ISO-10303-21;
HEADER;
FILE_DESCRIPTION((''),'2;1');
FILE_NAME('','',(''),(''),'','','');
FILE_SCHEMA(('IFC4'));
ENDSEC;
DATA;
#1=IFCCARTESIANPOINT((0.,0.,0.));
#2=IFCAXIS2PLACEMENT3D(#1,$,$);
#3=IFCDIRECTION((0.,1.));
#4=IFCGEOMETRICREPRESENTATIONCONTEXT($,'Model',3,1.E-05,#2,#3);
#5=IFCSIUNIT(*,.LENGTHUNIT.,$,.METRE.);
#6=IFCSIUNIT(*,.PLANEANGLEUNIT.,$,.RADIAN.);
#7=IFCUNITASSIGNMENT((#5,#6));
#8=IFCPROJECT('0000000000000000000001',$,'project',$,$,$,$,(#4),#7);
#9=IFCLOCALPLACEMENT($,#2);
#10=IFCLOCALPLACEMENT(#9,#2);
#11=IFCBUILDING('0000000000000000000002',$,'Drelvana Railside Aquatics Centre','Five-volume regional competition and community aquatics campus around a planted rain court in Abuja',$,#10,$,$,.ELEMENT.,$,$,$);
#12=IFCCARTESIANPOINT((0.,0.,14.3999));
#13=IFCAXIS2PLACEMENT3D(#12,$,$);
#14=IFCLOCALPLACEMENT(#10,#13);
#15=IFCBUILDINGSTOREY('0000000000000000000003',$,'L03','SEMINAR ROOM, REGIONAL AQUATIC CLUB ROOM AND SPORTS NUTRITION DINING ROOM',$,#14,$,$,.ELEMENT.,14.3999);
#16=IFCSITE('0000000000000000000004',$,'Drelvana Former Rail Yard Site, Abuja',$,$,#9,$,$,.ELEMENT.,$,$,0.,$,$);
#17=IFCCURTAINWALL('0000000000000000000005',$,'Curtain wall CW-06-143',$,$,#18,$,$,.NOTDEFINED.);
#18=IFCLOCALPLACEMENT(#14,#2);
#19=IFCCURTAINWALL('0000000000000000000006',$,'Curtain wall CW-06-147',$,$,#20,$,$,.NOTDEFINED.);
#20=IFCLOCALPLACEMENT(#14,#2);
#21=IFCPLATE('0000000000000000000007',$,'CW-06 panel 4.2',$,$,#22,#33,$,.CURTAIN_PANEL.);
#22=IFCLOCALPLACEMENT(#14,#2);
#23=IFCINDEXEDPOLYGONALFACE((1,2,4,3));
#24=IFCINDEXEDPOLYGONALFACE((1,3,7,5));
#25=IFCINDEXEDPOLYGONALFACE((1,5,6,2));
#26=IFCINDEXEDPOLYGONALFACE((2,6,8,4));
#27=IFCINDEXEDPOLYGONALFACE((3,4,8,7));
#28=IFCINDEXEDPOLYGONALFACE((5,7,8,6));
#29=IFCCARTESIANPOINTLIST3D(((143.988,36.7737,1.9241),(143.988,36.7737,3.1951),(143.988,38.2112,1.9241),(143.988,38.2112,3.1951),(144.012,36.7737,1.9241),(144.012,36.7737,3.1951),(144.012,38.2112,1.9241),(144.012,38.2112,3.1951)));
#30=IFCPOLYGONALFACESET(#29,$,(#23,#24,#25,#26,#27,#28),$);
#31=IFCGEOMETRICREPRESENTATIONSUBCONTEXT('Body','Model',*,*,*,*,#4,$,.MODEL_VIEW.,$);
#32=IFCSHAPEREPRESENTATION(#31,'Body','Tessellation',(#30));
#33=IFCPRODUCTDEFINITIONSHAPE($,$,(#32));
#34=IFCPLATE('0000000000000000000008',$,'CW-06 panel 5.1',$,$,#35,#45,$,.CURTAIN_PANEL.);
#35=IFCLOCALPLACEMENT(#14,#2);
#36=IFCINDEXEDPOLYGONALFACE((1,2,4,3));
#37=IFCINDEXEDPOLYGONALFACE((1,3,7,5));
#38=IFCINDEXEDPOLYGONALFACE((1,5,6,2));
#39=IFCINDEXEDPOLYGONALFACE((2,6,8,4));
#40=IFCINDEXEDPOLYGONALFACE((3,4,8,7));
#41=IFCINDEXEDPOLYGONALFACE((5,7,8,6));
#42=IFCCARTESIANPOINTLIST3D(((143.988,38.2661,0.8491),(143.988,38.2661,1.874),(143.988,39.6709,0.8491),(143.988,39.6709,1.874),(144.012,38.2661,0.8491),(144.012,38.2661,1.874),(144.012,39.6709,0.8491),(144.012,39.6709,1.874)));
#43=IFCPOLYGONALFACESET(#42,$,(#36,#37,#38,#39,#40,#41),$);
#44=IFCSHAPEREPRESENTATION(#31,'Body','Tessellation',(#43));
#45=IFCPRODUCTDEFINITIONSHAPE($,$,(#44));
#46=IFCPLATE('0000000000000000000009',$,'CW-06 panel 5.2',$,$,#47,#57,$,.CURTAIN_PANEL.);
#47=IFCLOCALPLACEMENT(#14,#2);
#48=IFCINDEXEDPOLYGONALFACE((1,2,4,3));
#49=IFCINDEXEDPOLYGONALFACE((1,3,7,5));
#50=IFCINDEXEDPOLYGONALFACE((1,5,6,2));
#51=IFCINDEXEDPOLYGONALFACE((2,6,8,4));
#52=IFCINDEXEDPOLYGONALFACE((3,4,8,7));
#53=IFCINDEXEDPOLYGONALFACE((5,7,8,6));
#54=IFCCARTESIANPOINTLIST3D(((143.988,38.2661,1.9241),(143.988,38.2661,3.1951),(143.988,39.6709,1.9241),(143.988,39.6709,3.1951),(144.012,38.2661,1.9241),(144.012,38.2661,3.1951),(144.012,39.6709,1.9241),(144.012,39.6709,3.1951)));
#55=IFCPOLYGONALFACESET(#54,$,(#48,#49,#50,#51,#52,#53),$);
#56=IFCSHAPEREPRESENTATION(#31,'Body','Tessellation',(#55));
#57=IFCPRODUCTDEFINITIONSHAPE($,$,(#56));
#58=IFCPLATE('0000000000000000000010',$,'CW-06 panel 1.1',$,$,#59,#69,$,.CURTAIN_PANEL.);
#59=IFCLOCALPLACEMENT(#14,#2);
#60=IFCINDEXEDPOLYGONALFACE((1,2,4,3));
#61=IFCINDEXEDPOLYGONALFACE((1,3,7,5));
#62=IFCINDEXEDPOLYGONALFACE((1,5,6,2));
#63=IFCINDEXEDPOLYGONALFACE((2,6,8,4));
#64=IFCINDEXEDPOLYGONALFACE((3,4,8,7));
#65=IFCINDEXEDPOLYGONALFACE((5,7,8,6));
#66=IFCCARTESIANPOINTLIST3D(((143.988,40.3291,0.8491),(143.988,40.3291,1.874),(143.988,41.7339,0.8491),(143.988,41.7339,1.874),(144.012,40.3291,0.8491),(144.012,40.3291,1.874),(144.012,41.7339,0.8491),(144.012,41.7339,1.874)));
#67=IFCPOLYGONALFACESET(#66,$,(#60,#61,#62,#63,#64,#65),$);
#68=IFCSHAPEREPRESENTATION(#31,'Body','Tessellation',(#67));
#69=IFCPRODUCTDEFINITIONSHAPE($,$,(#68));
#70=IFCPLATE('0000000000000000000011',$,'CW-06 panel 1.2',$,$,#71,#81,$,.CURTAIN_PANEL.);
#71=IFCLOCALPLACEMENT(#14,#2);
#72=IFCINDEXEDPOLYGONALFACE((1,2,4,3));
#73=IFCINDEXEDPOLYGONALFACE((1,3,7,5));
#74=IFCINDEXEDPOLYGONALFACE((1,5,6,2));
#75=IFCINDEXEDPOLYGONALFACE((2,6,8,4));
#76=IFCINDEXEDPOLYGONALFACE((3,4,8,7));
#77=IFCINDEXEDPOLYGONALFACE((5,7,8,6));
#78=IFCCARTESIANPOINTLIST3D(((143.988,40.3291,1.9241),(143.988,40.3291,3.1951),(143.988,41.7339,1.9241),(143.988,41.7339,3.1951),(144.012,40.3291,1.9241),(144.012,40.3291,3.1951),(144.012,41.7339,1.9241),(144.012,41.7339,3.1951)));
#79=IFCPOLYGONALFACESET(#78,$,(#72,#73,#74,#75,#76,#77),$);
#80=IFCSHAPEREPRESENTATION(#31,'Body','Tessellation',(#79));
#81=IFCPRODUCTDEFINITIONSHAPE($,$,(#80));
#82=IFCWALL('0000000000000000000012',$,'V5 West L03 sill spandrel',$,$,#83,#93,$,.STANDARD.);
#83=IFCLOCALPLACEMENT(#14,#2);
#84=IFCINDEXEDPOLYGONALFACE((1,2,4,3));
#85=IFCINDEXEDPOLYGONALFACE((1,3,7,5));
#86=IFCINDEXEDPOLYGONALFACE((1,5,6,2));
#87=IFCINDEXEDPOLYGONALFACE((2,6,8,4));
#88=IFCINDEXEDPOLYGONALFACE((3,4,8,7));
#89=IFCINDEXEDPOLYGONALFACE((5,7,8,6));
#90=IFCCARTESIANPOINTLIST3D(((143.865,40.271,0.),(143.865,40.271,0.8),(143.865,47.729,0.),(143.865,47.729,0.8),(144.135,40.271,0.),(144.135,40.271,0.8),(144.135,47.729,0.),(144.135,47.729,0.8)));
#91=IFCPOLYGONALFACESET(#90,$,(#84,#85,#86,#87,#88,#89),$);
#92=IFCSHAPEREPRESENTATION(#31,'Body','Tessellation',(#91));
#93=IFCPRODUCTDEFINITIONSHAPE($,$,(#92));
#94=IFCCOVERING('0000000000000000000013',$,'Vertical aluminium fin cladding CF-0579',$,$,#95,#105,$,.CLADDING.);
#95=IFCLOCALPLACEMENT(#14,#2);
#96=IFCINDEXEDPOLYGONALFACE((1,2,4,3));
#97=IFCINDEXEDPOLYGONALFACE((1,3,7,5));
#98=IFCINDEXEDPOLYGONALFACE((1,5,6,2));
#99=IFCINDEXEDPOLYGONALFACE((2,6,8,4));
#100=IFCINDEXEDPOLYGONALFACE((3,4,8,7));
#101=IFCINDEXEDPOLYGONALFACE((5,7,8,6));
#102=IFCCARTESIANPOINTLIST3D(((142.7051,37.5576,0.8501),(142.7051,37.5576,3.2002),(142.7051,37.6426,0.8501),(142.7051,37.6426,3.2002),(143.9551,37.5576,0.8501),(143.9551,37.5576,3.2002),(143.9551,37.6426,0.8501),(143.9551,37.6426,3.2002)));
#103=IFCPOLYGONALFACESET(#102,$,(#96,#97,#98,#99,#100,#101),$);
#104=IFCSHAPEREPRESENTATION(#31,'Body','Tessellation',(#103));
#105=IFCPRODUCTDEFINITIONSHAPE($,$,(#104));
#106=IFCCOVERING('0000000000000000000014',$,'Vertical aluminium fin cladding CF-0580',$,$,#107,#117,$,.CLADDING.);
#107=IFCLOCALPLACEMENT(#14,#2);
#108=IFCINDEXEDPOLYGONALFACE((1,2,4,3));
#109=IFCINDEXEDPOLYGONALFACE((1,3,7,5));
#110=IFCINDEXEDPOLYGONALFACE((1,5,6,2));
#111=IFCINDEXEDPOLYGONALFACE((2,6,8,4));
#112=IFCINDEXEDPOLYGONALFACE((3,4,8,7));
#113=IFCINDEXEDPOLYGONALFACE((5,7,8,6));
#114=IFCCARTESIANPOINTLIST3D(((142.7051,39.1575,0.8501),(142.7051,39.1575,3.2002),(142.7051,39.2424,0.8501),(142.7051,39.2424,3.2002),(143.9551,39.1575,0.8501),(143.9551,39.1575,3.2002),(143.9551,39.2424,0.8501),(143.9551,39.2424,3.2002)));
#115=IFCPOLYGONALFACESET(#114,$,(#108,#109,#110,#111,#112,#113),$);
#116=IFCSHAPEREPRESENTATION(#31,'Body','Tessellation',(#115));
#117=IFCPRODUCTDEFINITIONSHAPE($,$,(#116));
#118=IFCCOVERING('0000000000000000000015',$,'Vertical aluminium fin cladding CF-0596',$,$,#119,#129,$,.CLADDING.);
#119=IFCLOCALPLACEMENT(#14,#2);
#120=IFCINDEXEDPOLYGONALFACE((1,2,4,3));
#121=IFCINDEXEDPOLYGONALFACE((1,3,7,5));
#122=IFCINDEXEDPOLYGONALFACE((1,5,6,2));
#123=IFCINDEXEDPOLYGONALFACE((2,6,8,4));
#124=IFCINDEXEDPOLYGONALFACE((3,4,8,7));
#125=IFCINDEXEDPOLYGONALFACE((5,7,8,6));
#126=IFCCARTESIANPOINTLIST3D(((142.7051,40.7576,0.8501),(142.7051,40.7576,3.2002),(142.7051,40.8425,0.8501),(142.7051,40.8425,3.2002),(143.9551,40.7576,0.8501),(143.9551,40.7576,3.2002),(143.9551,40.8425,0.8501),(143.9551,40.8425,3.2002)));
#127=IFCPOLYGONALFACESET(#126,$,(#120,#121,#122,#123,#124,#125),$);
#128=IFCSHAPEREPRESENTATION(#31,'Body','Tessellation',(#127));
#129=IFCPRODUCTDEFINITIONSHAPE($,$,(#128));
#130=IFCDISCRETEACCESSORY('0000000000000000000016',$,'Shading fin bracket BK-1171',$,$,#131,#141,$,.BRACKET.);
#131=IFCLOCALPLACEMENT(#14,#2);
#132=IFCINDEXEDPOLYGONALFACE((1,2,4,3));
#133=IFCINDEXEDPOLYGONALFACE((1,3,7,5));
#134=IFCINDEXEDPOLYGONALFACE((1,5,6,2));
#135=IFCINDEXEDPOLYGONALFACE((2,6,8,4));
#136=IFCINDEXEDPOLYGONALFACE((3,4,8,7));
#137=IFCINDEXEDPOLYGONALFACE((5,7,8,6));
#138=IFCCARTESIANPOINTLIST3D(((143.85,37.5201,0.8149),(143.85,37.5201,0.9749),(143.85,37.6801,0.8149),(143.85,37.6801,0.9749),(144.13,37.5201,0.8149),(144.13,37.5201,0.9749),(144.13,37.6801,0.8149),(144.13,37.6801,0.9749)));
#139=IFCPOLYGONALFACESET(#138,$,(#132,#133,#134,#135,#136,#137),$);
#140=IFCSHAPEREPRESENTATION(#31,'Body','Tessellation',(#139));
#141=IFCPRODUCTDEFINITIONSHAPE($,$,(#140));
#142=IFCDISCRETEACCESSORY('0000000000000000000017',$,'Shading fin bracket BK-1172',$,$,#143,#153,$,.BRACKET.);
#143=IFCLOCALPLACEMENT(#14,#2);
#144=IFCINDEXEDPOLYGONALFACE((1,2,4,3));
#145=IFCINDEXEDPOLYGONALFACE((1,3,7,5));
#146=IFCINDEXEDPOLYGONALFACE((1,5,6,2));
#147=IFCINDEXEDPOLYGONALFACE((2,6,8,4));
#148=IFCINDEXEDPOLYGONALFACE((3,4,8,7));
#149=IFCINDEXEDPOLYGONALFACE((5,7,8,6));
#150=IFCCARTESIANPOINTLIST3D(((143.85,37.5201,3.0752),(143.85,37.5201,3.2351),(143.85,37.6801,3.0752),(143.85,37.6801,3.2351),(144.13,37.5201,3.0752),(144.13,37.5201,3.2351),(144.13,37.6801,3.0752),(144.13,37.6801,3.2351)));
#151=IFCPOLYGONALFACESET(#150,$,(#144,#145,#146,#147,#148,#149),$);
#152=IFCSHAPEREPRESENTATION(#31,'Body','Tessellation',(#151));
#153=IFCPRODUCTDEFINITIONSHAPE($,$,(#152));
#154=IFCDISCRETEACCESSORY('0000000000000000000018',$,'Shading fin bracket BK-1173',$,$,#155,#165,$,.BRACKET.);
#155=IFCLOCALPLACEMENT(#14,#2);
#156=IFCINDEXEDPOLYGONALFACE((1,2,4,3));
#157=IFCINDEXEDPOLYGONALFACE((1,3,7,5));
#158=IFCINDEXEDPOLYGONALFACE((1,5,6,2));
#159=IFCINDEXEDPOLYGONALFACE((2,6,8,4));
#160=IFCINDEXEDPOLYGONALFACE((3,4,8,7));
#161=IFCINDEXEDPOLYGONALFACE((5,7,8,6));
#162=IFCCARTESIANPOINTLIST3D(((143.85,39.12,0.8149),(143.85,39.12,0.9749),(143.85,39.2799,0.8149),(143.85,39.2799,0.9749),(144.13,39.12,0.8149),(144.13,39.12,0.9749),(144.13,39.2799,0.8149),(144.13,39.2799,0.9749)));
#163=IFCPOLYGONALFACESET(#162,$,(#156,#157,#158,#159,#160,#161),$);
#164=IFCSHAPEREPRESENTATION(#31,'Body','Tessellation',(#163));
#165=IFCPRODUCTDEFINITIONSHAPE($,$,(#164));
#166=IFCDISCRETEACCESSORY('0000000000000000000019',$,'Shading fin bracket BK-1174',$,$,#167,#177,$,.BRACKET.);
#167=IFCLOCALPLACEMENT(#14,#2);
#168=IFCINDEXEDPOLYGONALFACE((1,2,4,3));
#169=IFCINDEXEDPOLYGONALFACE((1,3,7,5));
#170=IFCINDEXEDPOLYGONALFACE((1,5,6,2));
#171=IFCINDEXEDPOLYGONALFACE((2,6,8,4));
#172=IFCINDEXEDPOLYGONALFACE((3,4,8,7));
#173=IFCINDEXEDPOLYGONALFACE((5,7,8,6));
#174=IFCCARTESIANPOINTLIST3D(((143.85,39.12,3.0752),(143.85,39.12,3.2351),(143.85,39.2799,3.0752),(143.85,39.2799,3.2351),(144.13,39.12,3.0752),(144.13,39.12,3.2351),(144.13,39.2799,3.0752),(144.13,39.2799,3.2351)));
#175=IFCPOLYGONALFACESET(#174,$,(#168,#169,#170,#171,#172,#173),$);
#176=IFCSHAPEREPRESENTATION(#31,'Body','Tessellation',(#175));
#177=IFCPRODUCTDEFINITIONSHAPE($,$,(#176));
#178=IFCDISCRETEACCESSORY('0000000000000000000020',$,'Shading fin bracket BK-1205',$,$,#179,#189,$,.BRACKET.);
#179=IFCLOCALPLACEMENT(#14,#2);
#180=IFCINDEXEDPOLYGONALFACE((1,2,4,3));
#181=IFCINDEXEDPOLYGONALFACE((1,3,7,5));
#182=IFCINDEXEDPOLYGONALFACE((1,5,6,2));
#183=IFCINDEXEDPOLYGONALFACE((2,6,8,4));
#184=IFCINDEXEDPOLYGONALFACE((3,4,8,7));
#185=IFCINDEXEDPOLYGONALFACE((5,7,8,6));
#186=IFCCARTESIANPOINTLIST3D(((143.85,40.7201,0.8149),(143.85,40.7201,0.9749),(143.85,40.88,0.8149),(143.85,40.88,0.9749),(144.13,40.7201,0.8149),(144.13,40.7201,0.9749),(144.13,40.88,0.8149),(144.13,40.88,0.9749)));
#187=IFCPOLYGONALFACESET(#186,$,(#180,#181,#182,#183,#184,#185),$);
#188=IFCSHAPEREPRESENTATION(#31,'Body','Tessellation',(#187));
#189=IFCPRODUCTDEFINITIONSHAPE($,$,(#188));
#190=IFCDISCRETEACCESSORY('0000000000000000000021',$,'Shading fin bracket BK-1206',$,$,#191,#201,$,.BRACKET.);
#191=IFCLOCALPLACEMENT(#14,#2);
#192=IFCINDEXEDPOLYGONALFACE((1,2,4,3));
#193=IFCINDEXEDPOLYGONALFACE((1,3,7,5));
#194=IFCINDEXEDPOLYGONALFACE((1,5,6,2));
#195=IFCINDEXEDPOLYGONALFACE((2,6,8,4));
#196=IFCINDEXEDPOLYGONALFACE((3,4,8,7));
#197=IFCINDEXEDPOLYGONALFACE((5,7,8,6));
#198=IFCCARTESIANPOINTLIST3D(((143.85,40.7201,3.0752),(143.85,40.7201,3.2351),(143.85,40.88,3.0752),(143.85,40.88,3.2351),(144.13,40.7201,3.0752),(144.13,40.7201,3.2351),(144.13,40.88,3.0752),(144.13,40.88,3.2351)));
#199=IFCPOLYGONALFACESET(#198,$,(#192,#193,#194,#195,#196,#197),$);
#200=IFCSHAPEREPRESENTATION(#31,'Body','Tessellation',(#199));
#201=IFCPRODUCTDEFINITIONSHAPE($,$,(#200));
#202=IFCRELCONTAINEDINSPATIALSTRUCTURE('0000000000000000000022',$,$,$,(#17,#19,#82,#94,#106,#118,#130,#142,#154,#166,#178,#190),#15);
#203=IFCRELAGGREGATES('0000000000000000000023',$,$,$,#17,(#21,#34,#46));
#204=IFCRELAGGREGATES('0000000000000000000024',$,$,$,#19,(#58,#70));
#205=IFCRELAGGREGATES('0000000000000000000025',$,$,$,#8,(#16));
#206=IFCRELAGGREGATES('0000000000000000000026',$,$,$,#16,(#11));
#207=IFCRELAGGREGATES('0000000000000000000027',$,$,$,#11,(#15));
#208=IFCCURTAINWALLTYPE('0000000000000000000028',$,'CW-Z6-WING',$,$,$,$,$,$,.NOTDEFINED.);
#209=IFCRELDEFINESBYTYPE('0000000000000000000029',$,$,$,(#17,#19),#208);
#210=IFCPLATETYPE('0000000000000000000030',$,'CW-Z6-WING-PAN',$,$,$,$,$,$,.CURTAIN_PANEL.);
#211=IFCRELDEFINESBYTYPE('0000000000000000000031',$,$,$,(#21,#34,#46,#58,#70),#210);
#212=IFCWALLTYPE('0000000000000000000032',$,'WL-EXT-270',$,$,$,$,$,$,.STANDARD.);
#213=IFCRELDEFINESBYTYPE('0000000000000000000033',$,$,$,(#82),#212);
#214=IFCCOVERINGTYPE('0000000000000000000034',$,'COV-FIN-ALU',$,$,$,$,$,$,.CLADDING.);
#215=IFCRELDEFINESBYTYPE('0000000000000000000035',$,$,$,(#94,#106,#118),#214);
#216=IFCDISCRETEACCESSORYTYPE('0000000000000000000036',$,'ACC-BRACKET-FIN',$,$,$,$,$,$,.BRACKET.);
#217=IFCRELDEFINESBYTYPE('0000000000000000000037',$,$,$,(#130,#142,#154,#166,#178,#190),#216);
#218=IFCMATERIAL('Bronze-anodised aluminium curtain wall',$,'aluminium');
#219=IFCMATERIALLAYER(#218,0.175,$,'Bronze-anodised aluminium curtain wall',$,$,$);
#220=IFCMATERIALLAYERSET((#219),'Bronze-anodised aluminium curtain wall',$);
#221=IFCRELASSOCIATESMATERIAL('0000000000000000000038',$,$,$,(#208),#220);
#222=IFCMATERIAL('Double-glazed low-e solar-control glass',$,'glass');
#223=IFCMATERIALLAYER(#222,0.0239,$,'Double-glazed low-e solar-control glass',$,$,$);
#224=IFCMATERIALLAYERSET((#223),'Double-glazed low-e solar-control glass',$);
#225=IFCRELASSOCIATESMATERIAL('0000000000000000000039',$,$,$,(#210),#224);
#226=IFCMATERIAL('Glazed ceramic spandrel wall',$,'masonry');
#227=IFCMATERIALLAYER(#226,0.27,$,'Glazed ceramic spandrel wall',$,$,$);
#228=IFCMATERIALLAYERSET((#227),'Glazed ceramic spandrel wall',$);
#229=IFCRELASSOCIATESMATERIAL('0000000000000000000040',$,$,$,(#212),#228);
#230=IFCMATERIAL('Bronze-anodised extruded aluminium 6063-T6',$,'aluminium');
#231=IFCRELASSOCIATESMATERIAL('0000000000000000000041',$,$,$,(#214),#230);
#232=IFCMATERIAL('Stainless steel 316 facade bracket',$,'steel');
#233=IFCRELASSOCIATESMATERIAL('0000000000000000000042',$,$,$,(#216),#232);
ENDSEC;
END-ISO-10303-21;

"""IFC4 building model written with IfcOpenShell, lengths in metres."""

from ifc_helpers import new_model, si_unit, direction, frame, frame_2d, origin, origin_2d, place, context, subcontext, project, spatial, rectangle, extrude, material, layer, layer_set, type_object, element, aggregate, save


model = new_model("IFC4")

# Units and contexts
model_context = context("Model", 3, precision=1e-05, world=origin(), true_north=direction((0.0, 1.0)))
body_context = subcontext(model_context, "Body", "Model", "MODEL_VIEW")
ifc_project = project(units=[si_unit("LENGTHUNIT", "METRE"), si_unit("PLANEANGLEUNIT", "RADIAN")], contexts=[model_context])

# Site, building, storey
site_placement = place(None, origin())
site = spatial("IfcSite", under=ifc_project, at=site_placement, Name="Drelvana Former Rail Yard Site, Abuja", CompositionType="ELEMENT", RefElevation=0.0)
building_placement = place(site_placement, origin())
building = spatial("IfcBuilding", under=site, at=building_placement, Name="Drelvana Railside Aquatics Centre", Description="Five-volume regional competition and community aquatics campus around a planted rain court in Abuja", CompositionType="ELEMENT")
storey_placement = place(building_placement, frame((0.0, 0.0, 14.3999)))
storey = spatial("IfcBuildingStorey", under=building, at=storey_placement, Name="L03", Description="SEMINAR ROOM, REGIONAL AQUATIC CLUB ROOM AND SPORTS NUTRITION DINING ROOM", CompositionType="ELEMENT", Elevation=14.3999)

# Curtain wall
ifc_material_1 = material(Name="Bronze-anodised aluminium curtain wall", Category="aluminium")
ifc_layer_1 = layer(ifc_material_1, 0.175, Name="Bronze-anodised aluminium curtain wall")
ifc_layer_set_1 = layer_set([ifc_layer_1], Name="Bronze-anodised aluminium curtain wall")
curtain_wall_type = type_object("IfcCurtainWallType", Name="CW-Z6-WING", PredefinedType="NOTDEFINED", material=ifc_layer_set_1)
curtain_wall_1_placement = place(storey_placement, origin())
curtain_wall_1 = element("IfcCurtainWall", 1, at=curtain_wall_1_placement, inside=storey, type_object=curtain_wall_type, Name="Curtain wall CW-06-143", PredefinedType="NOTDEFINED")

# Curtain wall
curtain_wall_2_placement = place(storey_placement, origin())
curtain_wall_2 = element("IfcCurtainWall", 2, at=curtain_wall_2_placement, inside=storey, type_object=curtain_wall_type, Name="Curtain wall CW-06-147", PredefinedType="NOTDEFINED")

# Plates
ifc_material_2 = material(Name="Double-glazed low-e solar-control glass", Category="glass")
ifc_layer_2 = layer(ifc_material_2, 0.0239, Name="Double-glazed low-e solar-control glass")
ifc_layer_set_2 = layer_set([ifc_layer_2], Name="Double-glazed low-e solar-control glass")
plate_type = type_object("IfcPlateType", Name="CW-Z6-WING-PAN", PredefinedType="CURTAIN_PANEL", material=ifc_layer_set_2)
plate_1_placement = place(storey_placement, frame((144.0, 37.4924, 1.9241), z_axis=(0.0, 0.0, 1.0), x_axis=(0.0, 1.0, 0.0)))
plate_1 = element("IfcPlate", 3, at=plate_1_placement, type_object=plate_type, Name="CW-06 panel 4.2", PredefinedType="CURTAIN_PANEL", context=body_context, shape_type="SweptSolid", body=[
    extrude(rectangle(XDim=1.4375, YDim=0.0239, at=origin_2d()), origin(), (0.0, 0.0, 1.0), 1.271),
])
plate_2_placement = place(storey_placement, frame((144.0, 38.9685, 0.8491), z_axis=(0.0, 0.0, 1.0), x_axis=(0.0, 1.0, 0.0)))
plate_2 = element("IfcPlate", 4, at=plate_2_placement, type_object=plate_type, Name="CW-06 panel 5.1", PredefinedType="CURTAIN_PANEL", context=body_context, shape_type="SweptSolid", body=[
    extrude(rectangle(XDim=1.4048, YDim=0.0239, at=origin_2d()), origin(), (0.0, 0.0, 1.0), 1.0249),
])
plate_3_placement = place(storey_placement, frame((144.0, 38.9685, 1.9241), z_axis=(0.0, 0.0, 1.0), x_axis=(0.0, 1.0, 0.0)))
plate_3 = element("IfcPlate", 5, at=plate_3_placement, type_object=plate_type, Name="CW-06 panel 5.2", PredefinedType="CURTAIN_PANEL", context=body_context, shape_type="SweptSolid", body=[
    extrude(rectangle(XDim=1.4048, YDim=0.0239, at=origin_2d()), origin(), (0.0, 0.0, 1.0), 1.271),
])
aggregate(curtain_wall_1, [plate_1, plate_2, plate_3])
plate_4_placement = place(storey_placement, frame((144.0, 41.0315, 0.8491), z_axis=(0.0, 0.0, 1.0), x_axis=(0.0, 1.0, 0.0)))
plate_4 = element("IfcPlate", 6, at=plate_4_placement, type_object=plate_type, Name="CW-06 panel 1.1", PredefinedType="CURTAIN_PANEL", context=body_context, shape_type="SweptSolid", body=[
    extrude(rectangle(XDim=1.4048, YDim=0.0239, at=origin_2d()), origin(), (0.0, 0.0, 1.0), 1.0249),
])
plate_5_placement = place(storey_placement, frame((144.0, 41.0315, 1.9241), z_axis=(0.0, 0.0, 1.0), x_axis=(0.0, 1.0, 0.0)))
plate_5 = element("IfcPlate", 7, at=plate_5_placement, type_object=plate_type, Name="CW-06 panel 1.2", PredefinedType="CURTAIN_PANEL", context=body_context, shape_type="SweptSolid", body=[
    extrude(rectangle(XDim=1.4048, YDim=0.0239, at=origin_2d()), origin(), (0.0, 0.0, 1.0), 1.271),
])
aggregate(curtain_wall_2, [plate_4, plate_5])

# Wall
ifc_material_3 = material(Name="Glazed ceramic spandrel wall", Category="masonry")
ifc_layer_3 = layer(ifc_material_3, 0.27, Name="Glazed ceramic spandrel wall")
ifc_layer_set_3 = layer_set([ifc_layer_3], Name="Glazed ceramic spandrel wall")
wall_type = type_object("IfcWallType", Name="WL-EXT-270", PredefinedType="STANDARD", material=ifc_layer_set_3)
wall_placement = place(storey_placement, frame((144.0, 40.271, 0.0), z_axis=(0.0, 0.0, 1.0), x_axis=(0.0, 1.0, 0.0)))
element("IfcWall", 8, at=wall_placement, inside=storey, type_object=wall_type, Name="V5 West L03 sill spandrel", PredefinedType="STANDARD", context=body_context, shape_type="SweptSolid", body=[
    extrude(rectangle(XDim=7.458, YDim=0.27, at=frame_2d((3.729, 0.0))), origin(), (0.0, 0.0, 1.0), 0.8),
])

# Coverings
ifc_material_4 = material(Name="Bronze-anodised extruded aluminium 6063-T6", Category="aluminium")
covering_type = type_object("IfcCoveringType", Name="COV-FIN-ALU", PredefinedType="CLADDING", material=ifc_material_4)
for number, where, z_axis, x_axis, name in (
    (9, (143.3301, 37.6001, 0.8501), (0.0, 0.0, 1.0), (0.0, 1.0, 0.0), "Vertical aluminium fin cladding CF-0579"),
    (10, (143.3301, 39.2, 0.8501), (0.0, 0.0, 1.0), (0.0, 1.0, 0.0), "Vertical aluminium fin cladding CF-0580"),
    (11, (143.3301, 40.8, 0.8501), (0.0, 0.0, 1.0), (0.0, 1.0, 0.0), "Vertical aluminium fin cladding CF-0596"),
):
    element("IfcCovering", number, at=place(storey_placement, frame(where, z_axis=z_axis, x_axis=x_axis)), inside=storey, type_object=covering_type, Name=name, PredefinedType="CLADDING", context=body_context, shape_type="SweptSolid", body=[
        extrude(rectangle(XDim=0.085, YDim=1.25, at=origin_2d()), origin(), (0.0, 0.0, 1.0), 2.3501),
    ])

# Discrete accessories
ifc_material_5 = material(Name="Stainless steel 316 facade bracket", Category="steel")
discrete_accessory_type = type_object("IfcDiscreteAccessoryType", Name="ACC-BRACKET-FIN", PredefinedType="BRACKET", material=ifc_material_5)
for number, where, z_axis, x_axis, name in (
    (12, (143.99, 37.6001, 0.8149), (0.0, 0.0, 1.0), (-1.0, 0.0, 0.0), "Shading fin bracket BK-1171"),
    (13, (143.99, 37.6001, 3.0752), (0.0, 0.0, 1.0), (-1.0, 0.0, 0.0), "Shading fin bracket BK-1172"),
    (14, (143.99, 39.2, 0.8149), (0.0, 0.0, 1.0), (-1.0, 0.0, 0.0), "Shading fin bracket BK-1173"),
    (15, (143.99, 39.2, 3.0752), (0.0, 0.0, 1.0), (-1.0, 0.0, 0.0), "Shading fin bracket BK-1174"),
    (16, (143.99, 40.8, 0.8149), (0.0, 0.0, 1.0), (-1.0, 0.0, 0.0), "Shading fin bracket BK-1205"),
    (17, (143.99, 40.8, 3.0752), (0.0, 0.0, 1.0), (-1.0, 0.0, 0.0), "Shading fin bracket BK-1206"),
):
    element("IfcDiscreteAccessory", number, at=place(storey_placement, frame(where, z_axis=z_axis, x_axis=x_axis)), inside=storey, type_object=discrete_accessory_type, Name=name, PredefinedType="BRACKET", context=body_context, shape_type="SweptSolid", body=[
        extrude(rectangle(XDim=0.28, YDim=0.1599, at=origin_2d()), origin(), (0.0, 0.0, 1.0), 0.1599),
    ])

save(model, "model.ifc")
